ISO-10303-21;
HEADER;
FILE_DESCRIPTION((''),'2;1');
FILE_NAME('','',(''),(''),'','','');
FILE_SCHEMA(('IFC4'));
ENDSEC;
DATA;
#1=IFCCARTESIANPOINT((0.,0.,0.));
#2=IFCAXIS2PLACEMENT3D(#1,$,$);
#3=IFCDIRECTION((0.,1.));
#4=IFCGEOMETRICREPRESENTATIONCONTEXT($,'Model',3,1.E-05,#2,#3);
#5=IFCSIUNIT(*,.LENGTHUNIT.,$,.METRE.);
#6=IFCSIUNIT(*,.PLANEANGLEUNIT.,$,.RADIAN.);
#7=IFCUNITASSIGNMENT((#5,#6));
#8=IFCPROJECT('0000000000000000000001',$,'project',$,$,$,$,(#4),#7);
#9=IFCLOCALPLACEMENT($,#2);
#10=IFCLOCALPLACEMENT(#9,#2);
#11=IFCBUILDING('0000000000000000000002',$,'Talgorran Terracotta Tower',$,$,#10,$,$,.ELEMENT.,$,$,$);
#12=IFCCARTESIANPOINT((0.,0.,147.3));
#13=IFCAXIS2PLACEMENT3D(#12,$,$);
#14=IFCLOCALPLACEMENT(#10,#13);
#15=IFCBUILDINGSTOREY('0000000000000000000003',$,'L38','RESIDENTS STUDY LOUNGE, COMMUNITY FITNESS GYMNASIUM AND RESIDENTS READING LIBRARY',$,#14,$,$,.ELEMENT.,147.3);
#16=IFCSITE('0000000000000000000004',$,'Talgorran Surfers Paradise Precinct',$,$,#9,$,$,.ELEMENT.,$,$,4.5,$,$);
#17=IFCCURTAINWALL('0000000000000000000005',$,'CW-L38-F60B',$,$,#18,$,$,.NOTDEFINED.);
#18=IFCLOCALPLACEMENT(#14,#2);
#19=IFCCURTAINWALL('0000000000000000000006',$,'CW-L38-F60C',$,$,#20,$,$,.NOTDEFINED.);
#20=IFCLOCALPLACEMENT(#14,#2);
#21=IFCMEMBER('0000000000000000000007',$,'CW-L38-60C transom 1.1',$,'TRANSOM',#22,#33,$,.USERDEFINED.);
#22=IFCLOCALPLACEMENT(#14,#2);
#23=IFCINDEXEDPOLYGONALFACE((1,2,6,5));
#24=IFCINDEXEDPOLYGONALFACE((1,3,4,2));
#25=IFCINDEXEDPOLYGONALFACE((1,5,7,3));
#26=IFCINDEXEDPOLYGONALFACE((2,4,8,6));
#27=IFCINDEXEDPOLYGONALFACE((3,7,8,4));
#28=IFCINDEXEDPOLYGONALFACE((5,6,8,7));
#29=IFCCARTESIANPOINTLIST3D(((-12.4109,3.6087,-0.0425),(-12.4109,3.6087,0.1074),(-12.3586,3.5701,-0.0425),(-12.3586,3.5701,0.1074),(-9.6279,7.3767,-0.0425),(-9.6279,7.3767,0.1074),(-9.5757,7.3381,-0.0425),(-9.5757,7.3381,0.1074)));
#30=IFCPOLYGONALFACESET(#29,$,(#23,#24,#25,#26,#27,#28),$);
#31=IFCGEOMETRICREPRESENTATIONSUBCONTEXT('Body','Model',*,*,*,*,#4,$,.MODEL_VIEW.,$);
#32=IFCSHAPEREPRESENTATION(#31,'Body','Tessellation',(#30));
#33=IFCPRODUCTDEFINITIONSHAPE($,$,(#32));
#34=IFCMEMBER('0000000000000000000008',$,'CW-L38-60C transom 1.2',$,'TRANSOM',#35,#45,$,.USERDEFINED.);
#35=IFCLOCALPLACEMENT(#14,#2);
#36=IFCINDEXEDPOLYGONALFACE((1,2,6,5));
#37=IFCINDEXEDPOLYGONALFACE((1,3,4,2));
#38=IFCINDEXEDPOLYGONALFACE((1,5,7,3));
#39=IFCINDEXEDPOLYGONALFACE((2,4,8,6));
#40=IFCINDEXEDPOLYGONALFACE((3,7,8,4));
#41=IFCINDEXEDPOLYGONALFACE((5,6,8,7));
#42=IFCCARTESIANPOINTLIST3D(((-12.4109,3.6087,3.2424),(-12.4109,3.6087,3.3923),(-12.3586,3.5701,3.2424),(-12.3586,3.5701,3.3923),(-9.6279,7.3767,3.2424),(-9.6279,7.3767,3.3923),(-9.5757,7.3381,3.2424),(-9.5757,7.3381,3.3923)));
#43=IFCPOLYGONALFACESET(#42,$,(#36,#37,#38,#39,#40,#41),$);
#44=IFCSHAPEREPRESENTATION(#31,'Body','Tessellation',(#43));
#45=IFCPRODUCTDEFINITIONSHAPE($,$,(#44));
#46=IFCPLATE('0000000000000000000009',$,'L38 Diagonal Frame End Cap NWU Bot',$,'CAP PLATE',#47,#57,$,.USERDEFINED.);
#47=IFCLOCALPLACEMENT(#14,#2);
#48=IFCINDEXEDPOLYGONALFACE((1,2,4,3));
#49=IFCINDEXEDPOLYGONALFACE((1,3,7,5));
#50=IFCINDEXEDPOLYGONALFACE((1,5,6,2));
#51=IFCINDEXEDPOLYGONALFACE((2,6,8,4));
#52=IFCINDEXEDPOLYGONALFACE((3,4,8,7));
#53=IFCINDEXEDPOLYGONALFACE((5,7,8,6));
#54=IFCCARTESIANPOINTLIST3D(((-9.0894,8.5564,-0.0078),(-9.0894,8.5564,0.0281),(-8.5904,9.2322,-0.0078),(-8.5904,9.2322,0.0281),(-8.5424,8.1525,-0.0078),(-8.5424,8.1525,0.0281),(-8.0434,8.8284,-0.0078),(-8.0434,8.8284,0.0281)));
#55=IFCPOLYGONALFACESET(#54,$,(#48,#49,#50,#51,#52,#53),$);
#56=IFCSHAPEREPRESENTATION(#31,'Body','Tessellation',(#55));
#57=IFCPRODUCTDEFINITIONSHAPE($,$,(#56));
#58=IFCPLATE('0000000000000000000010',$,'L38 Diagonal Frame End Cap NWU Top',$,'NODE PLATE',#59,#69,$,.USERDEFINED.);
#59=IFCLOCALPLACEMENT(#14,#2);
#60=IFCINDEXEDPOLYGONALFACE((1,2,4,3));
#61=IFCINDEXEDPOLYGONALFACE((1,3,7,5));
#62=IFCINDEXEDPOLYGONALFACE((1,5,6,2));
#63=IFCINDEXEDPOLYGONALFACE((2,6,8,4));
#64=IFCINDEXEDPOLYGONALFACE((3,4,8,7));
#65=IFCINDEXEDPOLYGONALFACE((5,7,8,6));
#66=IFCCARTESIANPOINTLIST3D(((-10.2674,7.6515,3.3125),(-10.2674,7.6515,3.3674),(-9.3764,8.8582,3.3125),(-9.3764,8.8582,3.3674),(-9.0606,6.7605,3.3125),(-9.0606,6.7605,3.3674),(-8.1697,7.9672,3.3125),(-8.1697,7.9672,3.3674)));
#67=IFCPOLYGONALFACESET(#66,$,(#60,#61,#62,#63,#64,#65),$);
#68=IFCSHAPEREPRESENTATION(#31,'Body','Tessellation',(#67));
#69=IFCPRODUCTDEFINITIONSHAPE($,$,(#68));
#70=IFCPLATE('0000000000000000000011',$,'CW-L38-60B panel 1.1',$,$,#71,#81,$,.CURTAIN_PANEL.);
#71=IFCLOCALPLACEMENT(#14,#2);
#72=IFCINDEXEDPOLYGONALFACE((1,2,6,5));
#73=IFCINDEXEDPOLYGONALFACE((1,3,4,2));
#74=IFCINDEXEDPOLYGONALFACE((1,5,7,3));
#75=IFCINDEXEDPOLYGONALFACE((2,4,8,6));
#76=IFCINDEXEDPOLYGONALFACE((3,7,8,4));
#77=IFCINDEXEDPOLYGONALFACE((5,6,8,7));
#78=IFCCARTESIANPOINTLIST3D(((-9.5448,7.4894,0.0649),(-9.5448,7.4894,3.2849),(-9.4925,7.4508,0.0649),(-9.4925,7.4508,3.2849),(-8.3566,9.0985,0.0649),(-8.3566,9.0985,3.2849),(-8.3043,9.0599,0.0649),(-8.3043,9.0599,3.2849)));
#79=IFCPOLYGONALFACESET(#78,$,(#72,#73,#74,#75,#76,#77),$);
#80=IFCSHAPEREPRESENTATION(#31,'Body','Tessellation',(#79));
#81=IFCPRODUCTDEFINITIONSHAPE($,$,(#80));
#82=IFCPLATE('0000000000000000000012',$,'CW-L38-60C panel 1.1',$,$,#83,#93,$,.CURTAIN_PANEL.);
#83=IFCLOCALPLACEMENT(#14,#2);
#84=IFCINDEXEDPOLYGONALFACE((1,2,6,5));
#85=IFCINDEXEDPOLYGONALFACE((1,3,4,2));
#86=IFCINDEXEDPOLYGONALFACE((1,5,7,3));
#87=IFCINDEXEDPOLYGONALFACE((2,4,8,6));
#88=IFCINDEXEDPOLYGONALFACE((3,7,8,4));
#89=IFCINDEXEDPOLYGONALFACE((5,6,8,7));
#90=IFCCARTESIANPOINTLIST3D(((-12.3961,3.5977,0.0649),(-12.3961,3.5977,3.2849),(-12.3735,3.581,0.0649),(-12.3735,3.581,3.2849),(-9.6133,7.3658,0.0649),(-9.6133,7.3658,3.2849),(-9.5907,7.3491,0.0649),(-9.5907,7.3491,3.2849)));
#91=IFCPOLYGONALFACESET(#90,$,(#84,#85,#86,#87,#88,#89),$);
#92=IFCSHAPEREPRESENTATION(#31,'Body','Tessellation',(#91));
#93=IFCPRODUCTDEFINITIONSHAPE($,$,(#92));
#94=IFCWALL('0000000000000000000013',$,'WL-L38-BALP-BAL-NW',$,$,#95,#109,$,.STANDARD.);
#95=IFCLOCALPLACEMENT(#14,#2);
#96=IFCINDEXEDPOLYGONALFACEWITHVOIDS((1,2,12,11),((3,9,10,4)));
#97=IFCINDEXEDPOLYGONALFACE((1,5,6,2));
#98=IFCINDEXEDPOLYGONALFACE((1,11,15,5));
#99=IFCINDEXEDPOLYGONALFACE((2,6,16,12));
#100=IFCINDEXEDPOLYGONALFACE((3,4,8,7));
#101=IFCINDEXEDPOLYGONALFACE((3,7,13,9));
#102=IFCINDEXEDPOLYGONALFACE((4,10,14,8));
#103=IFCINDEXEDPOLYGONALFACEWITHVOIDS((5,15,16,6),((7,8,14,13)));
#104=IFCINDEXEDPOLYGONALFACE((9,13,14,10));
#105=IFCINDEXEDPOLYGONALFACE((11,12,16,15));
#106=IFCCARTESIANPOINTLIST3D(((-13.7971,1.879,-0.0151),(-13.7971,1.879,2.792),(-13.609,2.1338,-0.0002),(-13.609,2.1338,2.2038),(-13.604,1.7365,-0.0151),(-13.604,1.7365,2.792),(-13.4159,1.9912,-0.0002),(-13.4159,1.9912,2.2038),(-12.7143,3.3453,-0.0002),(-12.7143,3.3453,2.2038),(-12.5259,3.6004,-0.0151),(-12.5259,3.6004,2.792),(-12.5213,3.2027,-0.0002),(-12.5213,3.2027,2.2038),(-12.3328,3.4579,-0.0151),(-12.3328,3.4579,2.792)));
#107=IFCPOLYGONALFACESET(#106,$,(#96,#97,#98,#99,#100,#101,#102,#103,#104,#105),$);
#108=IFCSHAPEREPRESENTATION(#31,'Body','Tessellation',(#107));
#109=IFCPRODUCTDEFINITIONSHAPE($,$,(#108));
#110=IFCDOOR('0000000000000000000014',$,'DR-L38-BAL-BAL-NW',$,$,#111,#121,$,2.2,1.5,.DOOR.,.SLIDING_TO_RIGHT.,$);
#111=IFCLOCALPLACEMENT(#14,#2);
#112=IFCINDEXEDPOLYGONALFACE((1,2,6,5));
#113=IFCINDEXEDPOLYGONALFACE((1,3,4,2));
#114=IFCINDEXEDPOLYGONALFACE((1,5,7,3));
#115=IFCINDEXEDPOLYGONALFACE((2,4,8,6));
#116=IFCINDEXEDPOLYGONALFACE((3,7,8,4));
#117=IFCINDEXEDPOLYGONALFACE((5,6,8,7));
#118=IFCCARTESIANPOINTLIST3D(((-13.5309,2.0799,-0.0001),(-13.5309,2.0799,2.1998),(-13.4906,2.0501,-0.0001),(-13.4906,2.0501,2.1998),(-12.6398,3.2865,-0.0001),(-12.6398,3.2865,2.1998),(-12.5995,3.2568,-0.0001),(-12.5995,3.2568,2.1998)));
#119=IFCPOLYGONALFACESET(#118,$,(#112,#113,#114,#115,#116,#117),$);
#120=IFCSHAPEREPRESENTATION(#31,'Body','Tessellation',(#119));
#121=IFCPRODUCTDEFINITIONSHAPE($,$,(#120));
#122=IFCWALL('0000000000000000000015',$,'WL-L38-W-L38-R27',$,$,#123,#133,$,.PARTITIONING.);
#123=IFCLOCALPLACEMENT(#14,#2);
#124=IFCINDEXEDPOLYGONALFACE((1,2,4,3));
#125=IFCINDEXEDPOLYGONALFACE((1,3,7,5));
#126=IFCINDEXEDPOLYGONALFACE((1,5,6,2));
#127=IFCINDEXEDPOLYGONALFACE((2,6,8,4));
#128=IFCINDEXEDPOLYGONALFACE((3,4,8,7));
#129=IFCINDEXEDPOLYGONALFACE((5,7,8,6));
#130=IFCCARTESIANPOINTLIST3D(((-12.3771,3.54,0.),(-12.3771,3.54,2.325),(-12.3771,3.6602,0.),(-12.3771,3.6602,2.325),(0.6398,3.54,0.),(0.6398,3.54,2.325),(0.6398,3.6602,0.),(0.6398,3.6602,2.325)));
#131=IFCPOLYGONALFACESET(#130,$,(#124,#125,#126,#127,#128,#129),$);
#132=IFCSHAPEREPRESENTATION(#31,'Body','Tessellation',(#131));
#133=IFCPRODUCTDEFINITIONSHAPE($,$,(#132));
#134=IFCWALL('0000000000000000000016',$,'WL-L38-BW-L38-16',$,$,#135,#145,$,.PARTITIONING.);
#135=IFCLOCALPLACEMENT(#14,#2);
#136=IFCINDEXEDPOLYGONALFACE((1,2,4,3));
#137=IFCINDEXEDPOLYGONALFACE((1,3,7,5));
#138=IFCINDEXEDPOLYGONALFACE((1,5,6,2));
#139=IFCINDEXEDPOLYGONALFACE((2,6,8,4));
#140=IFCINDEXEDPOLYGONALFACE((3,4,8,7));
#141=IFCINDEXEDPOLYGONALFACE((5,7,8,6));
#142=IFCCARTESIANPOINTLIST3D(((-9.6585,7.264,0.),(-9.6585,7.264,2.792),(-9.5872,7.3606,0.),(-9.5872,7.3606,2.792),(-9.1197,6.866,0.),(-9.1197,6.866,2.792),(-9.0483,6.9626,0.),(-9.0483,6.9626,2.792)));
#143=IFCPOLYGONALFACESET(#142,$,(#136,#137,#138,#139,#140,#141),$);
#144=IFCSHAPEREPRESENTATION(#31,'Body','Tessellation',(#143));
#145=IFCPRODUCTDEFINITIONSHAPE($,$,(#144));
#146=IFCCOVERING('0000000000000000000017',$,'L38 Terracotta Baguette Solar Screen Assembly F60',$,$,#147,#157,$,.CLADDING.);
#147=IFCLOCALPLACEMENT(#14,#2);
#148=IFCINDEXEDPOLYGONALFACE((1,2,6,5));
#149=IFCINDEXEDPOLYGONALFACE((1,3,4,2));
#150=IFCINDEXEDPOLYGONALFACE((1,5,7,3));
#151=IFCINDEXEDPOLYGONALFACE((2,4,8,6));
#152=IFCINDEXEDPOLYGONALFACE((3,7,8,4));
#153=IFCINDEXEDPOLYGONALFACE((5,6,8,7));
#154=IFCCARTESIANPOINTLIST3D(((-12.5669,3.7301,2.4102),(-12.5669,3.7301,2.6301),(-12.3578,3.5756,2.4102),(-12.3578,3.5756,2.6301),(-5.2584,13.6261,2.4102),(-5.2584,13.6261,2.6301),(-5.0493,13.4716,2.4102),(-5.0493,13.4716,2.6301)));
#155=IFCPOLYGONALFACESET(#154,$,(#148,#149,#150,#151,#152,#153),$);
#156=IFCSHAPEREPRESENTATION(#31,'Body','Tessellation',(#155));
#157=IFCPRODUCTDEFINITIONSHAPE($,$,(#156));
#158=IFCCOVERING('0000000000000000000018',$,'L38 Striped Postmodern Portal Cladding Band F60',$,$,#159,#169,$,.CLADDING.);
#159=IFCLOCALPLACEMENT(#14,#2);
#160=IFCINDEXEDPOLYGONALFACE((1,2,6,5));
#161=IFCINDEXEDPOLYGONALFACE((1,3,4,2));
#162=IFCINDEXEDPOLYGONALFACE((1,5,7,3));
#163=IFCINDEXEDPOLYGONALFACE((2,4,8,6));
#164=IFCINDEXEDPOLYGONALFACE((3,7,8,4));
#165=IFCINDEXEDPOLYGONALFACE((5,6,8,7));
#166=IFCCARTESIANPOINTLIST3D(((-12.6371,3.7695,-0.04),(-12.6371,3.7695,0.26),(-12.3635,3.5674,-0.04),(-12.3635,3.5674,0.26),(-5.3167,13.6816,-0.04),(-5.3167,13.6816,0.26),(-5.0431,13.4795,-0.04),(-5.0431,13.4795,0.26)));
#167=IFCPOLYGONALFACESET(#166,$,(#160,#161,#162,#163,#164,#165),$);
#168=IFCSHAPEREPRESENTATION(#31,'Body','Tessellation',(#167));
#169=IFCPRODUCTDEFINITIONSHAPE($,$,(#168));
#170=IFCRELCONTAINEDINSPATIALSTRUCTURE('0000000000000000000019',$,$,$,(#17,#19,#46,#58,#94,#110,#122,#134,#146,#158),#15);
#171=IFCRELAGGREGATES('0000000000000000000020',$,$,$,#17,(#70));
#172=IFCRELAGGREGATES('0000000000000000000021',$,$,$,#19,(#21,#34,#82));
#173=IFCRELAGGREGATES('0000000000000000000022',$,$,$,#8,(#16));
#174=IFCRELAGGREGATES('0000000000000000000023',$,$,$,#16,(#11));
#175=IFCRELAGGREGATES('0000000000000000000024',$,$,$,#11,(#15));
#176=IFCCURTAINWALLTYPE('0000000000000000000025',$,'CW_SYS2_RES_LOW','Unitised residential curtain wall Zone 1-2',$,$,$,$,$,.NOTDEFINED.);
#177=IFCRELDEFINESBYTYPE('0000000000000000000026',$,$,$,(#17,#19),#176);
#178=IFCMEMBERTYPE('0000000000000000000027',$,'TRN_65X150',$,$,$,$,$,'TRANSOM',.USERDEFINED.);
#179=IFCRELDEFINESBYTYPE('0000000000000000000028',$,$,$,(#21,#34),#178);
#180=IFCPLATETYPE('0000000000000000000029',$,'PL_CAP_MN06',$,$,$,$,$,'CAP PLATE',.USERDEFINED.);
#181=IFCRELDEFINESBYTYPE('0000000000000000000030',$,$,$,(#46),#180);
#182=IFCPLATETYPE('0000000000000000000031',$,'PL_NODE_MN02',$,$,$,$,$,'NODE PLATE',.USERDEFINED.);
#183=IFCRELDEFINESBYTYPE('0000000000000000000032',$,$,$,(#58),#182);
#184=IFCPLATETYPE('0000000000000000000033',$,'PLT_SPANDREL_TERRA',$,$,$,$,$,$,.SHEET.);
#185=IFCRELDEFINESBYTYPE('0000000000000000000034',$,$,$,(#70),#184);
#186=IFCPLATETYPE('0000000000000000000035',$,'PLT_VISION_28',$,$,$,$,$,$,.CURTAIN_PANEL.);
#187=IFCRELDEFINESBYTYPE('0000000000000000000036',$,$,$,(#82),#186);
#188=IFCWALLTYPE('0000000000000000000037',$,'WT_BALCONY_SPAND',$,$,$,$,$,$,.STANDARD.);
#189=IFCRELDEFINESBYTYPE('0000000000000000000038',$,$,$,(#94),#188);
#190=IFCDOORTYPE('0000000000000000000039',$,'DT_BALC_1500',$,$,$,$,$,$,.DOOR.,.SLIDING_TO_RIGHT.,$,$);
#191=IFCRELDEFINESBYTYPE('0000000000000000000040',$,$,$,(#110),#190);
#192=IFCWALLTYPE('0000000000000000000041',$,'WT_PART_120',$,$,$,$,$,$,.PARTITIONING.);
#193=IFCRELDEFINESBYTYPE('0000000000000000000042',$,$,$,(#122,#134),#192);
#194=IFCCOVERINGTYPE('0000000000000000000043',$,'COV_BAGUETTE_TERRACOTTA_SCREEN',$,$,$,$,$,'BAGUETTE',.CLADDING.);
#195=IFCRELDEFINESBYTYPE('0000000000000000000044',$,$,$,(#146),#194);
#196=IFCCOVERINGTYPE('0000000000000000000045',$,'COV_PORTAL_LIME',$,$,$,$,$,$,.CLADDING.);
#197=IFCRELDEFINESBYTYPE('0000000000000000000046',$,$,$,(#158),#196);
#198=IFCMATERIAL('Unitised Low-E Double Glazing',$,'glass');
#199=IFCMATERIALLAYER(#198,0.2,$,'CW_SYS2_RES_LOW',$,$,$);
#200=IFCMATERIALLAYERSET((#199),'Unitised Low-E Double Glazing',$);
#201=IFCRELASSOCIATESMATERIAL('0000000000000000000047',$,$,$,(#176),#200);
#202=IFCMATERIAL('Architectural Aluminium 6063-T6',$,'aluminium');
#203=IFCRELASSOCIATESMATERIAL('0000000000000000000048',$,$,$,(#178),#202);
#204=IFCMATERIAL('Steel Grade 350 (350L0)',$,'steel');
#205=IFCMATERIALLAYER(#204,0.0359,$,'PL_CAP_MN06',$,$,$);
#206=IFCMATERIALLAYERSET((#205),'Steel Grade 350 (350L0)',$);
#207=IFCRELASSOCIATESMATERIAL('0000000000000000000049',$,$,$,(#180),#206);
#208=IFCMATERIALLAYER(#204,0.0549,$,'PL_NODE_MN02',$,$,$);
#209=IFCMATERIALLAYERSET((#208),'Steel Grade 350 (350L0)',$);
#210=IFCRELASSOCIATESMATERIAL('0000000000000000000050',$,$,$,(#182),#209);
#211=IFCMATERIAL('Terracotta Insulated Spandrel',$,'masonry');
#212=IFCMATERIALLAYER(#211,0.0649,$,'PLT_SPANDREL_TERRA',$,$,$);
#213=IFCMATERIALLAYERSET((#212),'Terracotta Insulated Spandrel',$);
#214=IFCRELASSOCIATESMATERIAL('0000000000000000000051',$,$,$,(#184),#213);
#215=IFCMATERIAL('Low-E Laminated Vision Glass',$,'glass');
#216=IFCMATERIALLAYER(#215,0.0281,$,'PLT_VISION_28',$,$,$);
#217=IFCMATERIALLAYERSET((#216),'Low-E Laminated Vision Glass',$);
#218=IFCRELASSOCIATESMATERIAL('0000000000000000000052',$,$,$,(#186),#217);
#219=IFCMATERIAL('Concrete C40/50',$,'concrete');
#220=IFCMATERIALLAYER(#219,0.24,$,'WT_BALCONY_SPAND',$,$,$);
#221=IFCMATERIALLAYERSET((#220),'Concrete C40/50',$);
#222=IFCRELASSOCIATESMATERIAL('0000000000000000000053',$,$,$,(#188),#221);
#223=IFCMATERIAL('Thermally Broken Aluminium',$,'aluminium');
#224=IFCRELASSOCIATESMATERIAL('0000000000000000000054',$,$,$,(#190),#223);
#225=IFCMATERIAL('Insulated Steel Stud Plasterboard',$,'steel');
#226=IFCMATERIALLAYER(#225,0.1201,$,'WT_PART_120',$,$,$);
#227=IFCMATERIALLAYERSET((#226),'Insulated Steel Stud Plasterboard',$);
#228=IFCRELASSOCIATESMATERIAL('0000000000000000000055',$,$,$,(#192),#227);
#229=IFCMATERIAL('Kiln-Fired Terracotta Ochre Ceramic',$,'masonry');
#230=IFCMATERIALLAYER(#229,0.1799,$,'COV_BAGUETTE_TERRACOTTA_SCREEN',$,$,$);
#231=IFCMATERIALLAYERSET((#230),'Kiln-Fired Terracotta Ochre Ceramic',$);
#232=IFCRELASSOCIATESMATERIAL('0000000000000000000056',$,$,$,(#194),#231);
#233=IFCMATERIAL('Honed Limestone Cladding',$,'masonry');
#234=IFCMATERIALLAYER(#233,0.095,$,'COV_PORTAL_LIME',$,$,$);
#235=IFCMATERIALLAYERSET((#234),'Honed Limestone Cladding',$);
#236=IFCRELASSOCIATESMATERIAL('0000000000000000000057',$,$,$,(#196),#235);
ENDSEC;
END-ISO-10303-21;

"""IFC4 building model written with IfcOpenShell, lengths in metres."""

from ifc_helpers import new_model, si_unit, direction, frame, frame_2d, origin, origin_2d, place, context, subcontext, project, spatial, rectangle, extrude, source, transform, mapped, material, layer, layer_set, material_profile, profile_set, type_object, type_shapes, element, fill, aggregate, save


model = new_model("IFC4")

# Units and contexts
model_context = context("Model", 3, precision=1e-05, world=origin(), true_north=direction((0.0, 1.0)))
body_context = subcontext(model_context, "Body", "Model", "MODEL_VIEW")
ifc_project = project(units=[si_unit("LENGTHUNIT", "METRE"), si_unit("PLANEANGLEUNIT", "RADIAN")], contexts=[model_context])

# Site, building, storey
site_placement = place(None, origin())
site = spatial("IfcSite", under=ifc_project, at=site_placement, Name="Talgorran Surfers Paradise Precinct", CompositionType="ELEMENT", RefElevation=4.5)
building_placement = place(site_placement, origin())
building = spatial("IfcBuilding", under=site, at=building_placement, Name="Talgorran Terracotta Tower", CompositionType="ELEMENT")
storey_placement = place(building_placement, frame((0.0, 0.0, 147.3)))
storey = spatial("IfcBuildingStorey", under=building, at=storey_placement, Name="L38", Description="RESIDENTS STUDY LOUNGE, COMMUNITY FITNESS GYMNASIUM AND RESIDENTS READING LIBRARY", CompositionType="ELEMENT", Elevation=147.3)

# Shared definitions
ifc_material_1 = material(Name="Steel Grade 350 (350L0)", Category="steel")

# Curtain wall
ifc_material_2 = material(Name="Unitised Low-E Double Glazing", Category="glass")
ifc_layer_1 = layer(ifc_material_2, 0.2, Name="CW_SYS2_RES_LOW")
ifc_layer_set_1 = layer_set([ifc_layer_1], Name="Unitised Low-E Double Glazing")
curtain_wall_type = type_object("IfcCurtainWallType", Name="CW_SYS2_RES_LOW", Description="Unitised residential curtain wall Zone 1-2", PredefinedType="NOTDEFINED", material=ifc_layer_set_1)
curtain_wall_1_placement = place(storey_placement, origin())
curtain_wall_1 = element("IfcCurtainWall", 1, at=curtain_wall_1_placement, inside=storey, type_object=curtain_wall_type, Name="CW-L38-F60B", PredefinedType="NOTDEFINED")
ifc_material_3 = material(Name="Architectural Aluminium 6063-T6", Category="aluminium")

# Curtain wall
curtain_wall_2_placement = place(storey_placement, origin())
curtain_wall_2 = element("IfcCurtainWall", 2, at=curtain_wall_2_placement, inside=storey, type_object=curtain_wall_type, Name="CW-L38-F60C", PredefinedType="NOTDEFINED")

# Members
ifc_material_profile_1 = material_profile(ifc_material_3, rectangle(XDim=0.0649, YDim=0.1499, at=origin_2d()), Name="CWT65X150")
ifc_profile_set_1 = profile_set([ifc_material_profile_1], Name="Architectural Aluminium 6063-T6")
member_type_1 = type_object("IfcMemberType", Name="TRN_65X150", ElementType="TRANSOM", PredefinedType="USERDEFINED", material=ifc_profile_set_1)
member_1_placement = place(storey_placement, frame((-9.6018, 7.3574, 0.0325), z_axis=(-0.594096, -0.804394, 0.0), x_axis=(0.804394, -0.594096, 0.0)))
member_1 = element("IfcMember", 3, at=member_1_placement, type_object=member_type_1, Name="CW-L38-60C transom 1.1", ObjectType="TRANSOM", PredefinedType="USERDEFINED", context=body_context, shape_type="SweptSolid", body=[
    extrude(rectangle(XDim=0.0649, YDim=0.1499, at=origin_2d()), origin(), (0.0, 0.0, 1.0), 4.6843),
])
member_2_placement = place(storey_placement, frame((-9.6018, 7.3574, 3.3174), z_axis=(-0.594096, -0.804394, 0.0), x_axis=(0.804394, -0.594096, 0.0)))
member_2 = element("IfcMember", 4, at=member_2_placement, type_object=member_type_1, Name="CW-L38-60C transom 1.2", ObjectType="TRANSOM", PredefinedType="USERDEFINED", context=body_context, shape_type="SweptSolid", body=[
    extrude(rectangle(XDim=0.0649, YDim=0.1499, at=origin_2d()), origin(), (0.0, 0.0, 1.0), 4.6843),
])

# Plates
ifc_layer_2 = layer(ifc_material_1, 0.0359, Name="PL_CAP_MN06")
ifc_layer_set_2 = layer_set([ifc_layer_2], Name="Steel Grade 350 (350L0)")
plate_type_1 = type_object("IfcPlateType", Name="PL_CAP_MN06", ElementType="CAP PLATE", PredefinedType="USERDEFINED", material=ifc_layer_set_2)
plate_1_placement = place(storey_placement, frame((-8.5664, 8.6924, -0.0078), z_axis=(0.0, 0.0, 1.0), x_axis=(-0.593981, -0.804479, 0.0)))
element("IfcPlate", 5, at=plate_1_placement, inside=storey, type_object=plate_type_1, Name="L38 Diagonal Frame End Cap NWU Bot", ObjectType="CAP PLATE", PredefinedType="USERDEFINED", context=body_context, shape_type="SweptSolid", body=[
    extrude(rectangle(XDim=0.8401, YDim=0.6799, at=origin_2d()), origin(), (0.0, 0.0, 1.0), 0.0359),
])
ifc_layer_3 = layer(ifc_material_1, 0.0549, Name="PL_NODE_MN02")
ifc_layer_set_3 = layer_set([ifc_layer_3], Name="Steel Grade 350 (350L0)")
plate_type_2 = type_object("IfcPlateType", Name="PL_NODE_MN02", ElementType="NODE PLATE", PredefinedType="USERDEFINED", material=ifc_layer_set_3)
plate_2_placement = place(storey_placement, frame((-9.2185, 7.8093, 3.3125), z_axis=(0.0, 0.0, 1.0), x_axis=(-0.593981, -0.804479, 0.0)))
element("IfcPlate", 6, at=plate_2_placement, inside=storey, type_object=plate_type_2, Name="L38 Diagonal Frame End Cap NWU Top", ObjectType="NODE PLATE", PredefinedType="USERDEFINED", context=body_context, shape_type="SweptSolid", body=[
    extrude(rectangle(XDim=1.5, YDim=1.5, at=origin_2d()), origin(), (0.0, 0.0, 1.0), 0.0549),
])

# Plates
ifc_material_4 = material(Name="Terracotta Insulated Spandrel", Category="masonry")
ifc_layer_4 = layer(ifc_material_4, 0.0649, Name="PLT_SPANDREL_TERRA")
ifc_layer_set_4 = layer_set([ifc_layer_4], Name="Terracotta Insulated Spandrel")
plate_type_3 = type_object("IfcPlateType", Name="PLT_SPANDREL_TERRA", PredefinedType="SHEET", material=ifc_layer_set_4)
shared_shape_1 = source(origin(), body_context, "Body", "SweptSolid", [
    extrude(rectangle(XDim=2.0002, YDim=0.0649, at=origin_2d()), origin(), (0.0, 0.0, 1.0), 3.22),
])
type_shapes(plate_type_3, [shared_shape_1])
plate_3_placement = place(storey_placement, frame((-8.9246, 8.2747, 0.0649), z_axis=(0.0, 0.0, 1.0), x_axis=(-0.594035, -0.804439, 0.0)))
plate_3 = element("IfcPlate", 7, at=plate_3_placement, type_object=plate_type_3, Name="CW-L38-60B panel 1.1", PredefinedType="CURTAIN_PANEL", context=body_context, shape_type="MappedRepresentation", body=[
    mapped(shared_shape_1, transform((0.0, 0.0, 0.0), scale=1.0)),
])
aggregate(curtain_wall_1, [plate_3])
ifc_material_5 = material(Name="Low-E Laminated Vision Glass", Category="glass")
ifc_layer_5 = layer(ifc_material_5, 0.0281, Name="PLT_VISION_28")
ifc_layer_set_5 = layer_set([ifc_layer_5], Name="Low-E Laminated Vision Glass")
plate_type_4 = type_object("IfcPlateType", Name="PLT_VISION_28", PredefinedType="CURTAIN_PANEL", material=ifc_layer_set_5)
shared_shape_2 = source(origin(), body_context, "Body", "SweptSolid", [
    extrude(rectangle(XDim=4.6843, YDim=0.0281, at=origin_2d()), origin(), (0.0, 0.0, 1.0), 3.22),
])
type_shapes(plate_type_4, [shared_shape_2])
plate_4_placement = place(storey_placement, frame((-10.9934, 5.4734, 0.0649), z_axis=(0.0, 0.0, 1.0), x_axis=(-0.594068, -0.804415, 0.0)))
plate_4 = element("IfcPlate", 8, at=plate_4_placement, type_object=plate_type_4, Name="CW-L38-60C panel 1.1", PredefinedType="CURTAIN_PANEL", context=body_context, shape_type="MappedRepresentation", body=[
    mapped(shared_shape_2, transform((0.0, 0.0, 0.0), scale=1.0)),
])
aggregate(curtain_wall_2, [member_1, member_2, plate_4])

# Wall, opening, door
ifc_material_6 = material(Name="Concrete C40/50", Category="concrete")
ifc_layer_6 = layer(ifc_material_6, 0.24, Name="WT_BALCONY_SPAND")
ifc_layer_set_6 = layer_set([ifc_layer_6], Name="Concrete C40/50")
wall_type_1 = type_object("IfcWallType", Name="WT_BALCONY_SPAND", PredefinedType="STANDARD", material=ifc_layer_set_6)
wall_1_placement = place(storey_placement, frame((-12.4294, 3.5291, -0.0151), z_axis=(0.0, 0.0, 1.0), x_axis=(-0.594051, -0.804427, 0.0)))
wall_1 = element("IfcWall", 9, at=wall_1_placement, inside=storey, type_object=wall_type_1, Name="WL-L38-BALP-BAL-NW", PredefinedType="STANDARD", context=body_context, shape_type="SweptSolid", body=[
    extrude(rectangle(XDim=2.1399, YDim=0.24, at=frame_2d((1.0698, 0.0))), origin(), (0.0, 0.0, 1.0), 2.8071),
])
opening_placement = place(wall_1_placement, frame((0.3201, 0.0, 0.0149)))
opening = element("IfcOpeningElement", 10, at=opening_placement, cuts=wall_1, PredefinedType="OPENING", context=body_context, shape_type="SweptSolid", body=[
    extrude(rectangle(XDim=1.506, YDim=2.204, at=frame_2d((0.75, 1.1021))), frame((0.0, 0.1299, 0.0), z_axis=(0.0, -1.0, 0.0), x_axis=(1.0, 0.0, 0.0)), (0.0, 0.0, 1.0), 0.26),
])
ifc_material_7 = material(Name="Thermally Broken Aluminium", Category="aluminium")
door_type = type_object("IfcDoorType", Name="DT_BALC_1500", OperationType="SLIDING_TO_RIGHT", PredefinedType="DOOR", material=ifc_material_7)
door_placement = place(opening_placement, origin())
door = element("IfcDoor", 11, at=door_placement, inside=storey, type_object=door_type, Name="DR-L38-BAL-BAL-NW", OperationType="SLIDING_TO_RIGHT", OverallHeight=2.2, OverallWidth=1.5, PredefinedType="DOOR", context=body_context, shape_type="SweptSolid", body=[
    extrude(rectangle(XDim=1.5, YDim=2.2, at=frame_2d((0.75, 1.1001))), frame((0.0, 0.0249, 0.0), z_axis=(0.0, -1.0, 0.0), x_axis=(1.0, 0.0, 0.0)), (0.0, 0.0, 1.0), 0.05),
])
fill(opening, door)

# Walls
ifc_material_8 = material(Name="Insulated Steel Stud Plasterboard", Category="steel")
ifc_layer_7 = layer(ifc_material_8, 0.1201, Name="WT_PART_120")
ifc_layer_set_7 = layer_set([ifc_layer_7], Name="Insulated Steel Stud Plasterboard")
wall_type_2 = type_object("IfcWallType", Name="WT_PART_120", PredefinedType="PARTITIONING", material=ifc_layer_set_7)
wall_2_placement = place(storey_placement, frame((-12.377, 3.6001, 0.0), z_axis=(0.0, 0.0, 1.0), x_axis=(1.0, 0.0, 0.0)))
element("IfcWall", 12, at=wall_2_placement, inside=storey, type_object=wall_type_2, Name="WL-L38-W-L38-R27", PredefinedType="PARTITIONING", context=body_context, shape_type="SweptSolid", body=[
    extrude(rectangle(XDim=13.0168, YDim=0.1201, at=frame_2d((6.5083, 0.0))), origin(), (0.0, 0.0, 1.0), 2.325),
])
wall_3_placement = place(storey_placement, frame((-9.084, 6.9143, 0.0), z_axis=(0.0, 0.0, 1.0), x_axis=(-0.804396, 0.594094, 0.0)))
element("IfcWall", 13, at=wall_3_placement, inside=storey, type_object=wall_type_2, Name="WL-L38-BW-L38-16", PredefinedType="PARTITIONING", context=body_context, shape_type="SweptSolid", body=[
    extrude(rectangle(XDim=0.6699, YDim=0.1201, at=frame_2d((0.335, 0.0))), origin(), (0.0, 0.0, 1.0), 2.792),
])

# Coverings
ifc_material_9 = material(Name="Kiln-Fired Terracotta Ochre Ceramic", Category="masonry")
ifc_layer_8 = layer(ifc_material_9, 0.1799, Name="COV_BAGUETTE_TERRACOTTA_SCREEN")
ifc_layer_set_8 = layer_set([ifc_layer_8], Name="Kiln-Fired Terracotta Ochre Ceramic")
covering_type_1 = type_object("IfcCoveringType", Name="COV_BAGUETTE_TERRACOTTA_SCREEN", ElementType="BAGUETTE", PredefinedType="CLADDING", material=ifc_layer_set_8)
covering_1_placement = place(storey_placement, frame((-8.8081, 8.6008, 2.4102), z_axis=(0.0, 0.0, 1.0), x_axis=(-0.594079, -0.804407, 0.0)))
element("IfcCovering", 14, at=covering_1_placement, inside=storey, type_object=covering_type_1, Name="L38 Terracotta Baguette Solar Screen Assembly F60", PredefinedType="CLADDING", context=body_context, shape_type="SweptSolid", body=[
    extrude(rectangle(XDim=12.3022, YDim=0.26, at=origin_2d()), origin(), (0.0, 0.0, 1.0), 0.22),
])
ifc_material_10 = material(Name="Honed Limestone Cladding", Category="masonry")
ifc_layer_9 = layer(ifc_material_10, 0.095, Name="COV_PORTAL_LIME")
ifc_layer_set_9 = layer_set([ifc_layer_9], Name="Honed Limestone Cladding")
covering_type_2 = type_object("IfcCoveringType", Name="COV_PORTAL_LIME", PredefinedType="CLADDING", material=ifc_layer_set_9)
covering_2_placement = place(storey_placement, frame((-8.8401, 8.6245, -0.04), z_axis=(0.0, 0.0, 1.0), x_axis=(-0.594079, -0.804407, 0.0)))
element("IfcCovering", 15, at=covering_2_placement, inside=storey, type_object=covering_type_2, Name="L38 Striped Postmodern Portal Cladding Band F60", PredefinedType="CLADDING", context=body_context, shape_type="SweptSolid", body=[
    extrude(rectangle(XDim=12.3223, YDim=0.3401, at=origin_2d()), origin(), (0.0, 0.0, 1.0), 0.3),
])

save(model, "model.ifc")
